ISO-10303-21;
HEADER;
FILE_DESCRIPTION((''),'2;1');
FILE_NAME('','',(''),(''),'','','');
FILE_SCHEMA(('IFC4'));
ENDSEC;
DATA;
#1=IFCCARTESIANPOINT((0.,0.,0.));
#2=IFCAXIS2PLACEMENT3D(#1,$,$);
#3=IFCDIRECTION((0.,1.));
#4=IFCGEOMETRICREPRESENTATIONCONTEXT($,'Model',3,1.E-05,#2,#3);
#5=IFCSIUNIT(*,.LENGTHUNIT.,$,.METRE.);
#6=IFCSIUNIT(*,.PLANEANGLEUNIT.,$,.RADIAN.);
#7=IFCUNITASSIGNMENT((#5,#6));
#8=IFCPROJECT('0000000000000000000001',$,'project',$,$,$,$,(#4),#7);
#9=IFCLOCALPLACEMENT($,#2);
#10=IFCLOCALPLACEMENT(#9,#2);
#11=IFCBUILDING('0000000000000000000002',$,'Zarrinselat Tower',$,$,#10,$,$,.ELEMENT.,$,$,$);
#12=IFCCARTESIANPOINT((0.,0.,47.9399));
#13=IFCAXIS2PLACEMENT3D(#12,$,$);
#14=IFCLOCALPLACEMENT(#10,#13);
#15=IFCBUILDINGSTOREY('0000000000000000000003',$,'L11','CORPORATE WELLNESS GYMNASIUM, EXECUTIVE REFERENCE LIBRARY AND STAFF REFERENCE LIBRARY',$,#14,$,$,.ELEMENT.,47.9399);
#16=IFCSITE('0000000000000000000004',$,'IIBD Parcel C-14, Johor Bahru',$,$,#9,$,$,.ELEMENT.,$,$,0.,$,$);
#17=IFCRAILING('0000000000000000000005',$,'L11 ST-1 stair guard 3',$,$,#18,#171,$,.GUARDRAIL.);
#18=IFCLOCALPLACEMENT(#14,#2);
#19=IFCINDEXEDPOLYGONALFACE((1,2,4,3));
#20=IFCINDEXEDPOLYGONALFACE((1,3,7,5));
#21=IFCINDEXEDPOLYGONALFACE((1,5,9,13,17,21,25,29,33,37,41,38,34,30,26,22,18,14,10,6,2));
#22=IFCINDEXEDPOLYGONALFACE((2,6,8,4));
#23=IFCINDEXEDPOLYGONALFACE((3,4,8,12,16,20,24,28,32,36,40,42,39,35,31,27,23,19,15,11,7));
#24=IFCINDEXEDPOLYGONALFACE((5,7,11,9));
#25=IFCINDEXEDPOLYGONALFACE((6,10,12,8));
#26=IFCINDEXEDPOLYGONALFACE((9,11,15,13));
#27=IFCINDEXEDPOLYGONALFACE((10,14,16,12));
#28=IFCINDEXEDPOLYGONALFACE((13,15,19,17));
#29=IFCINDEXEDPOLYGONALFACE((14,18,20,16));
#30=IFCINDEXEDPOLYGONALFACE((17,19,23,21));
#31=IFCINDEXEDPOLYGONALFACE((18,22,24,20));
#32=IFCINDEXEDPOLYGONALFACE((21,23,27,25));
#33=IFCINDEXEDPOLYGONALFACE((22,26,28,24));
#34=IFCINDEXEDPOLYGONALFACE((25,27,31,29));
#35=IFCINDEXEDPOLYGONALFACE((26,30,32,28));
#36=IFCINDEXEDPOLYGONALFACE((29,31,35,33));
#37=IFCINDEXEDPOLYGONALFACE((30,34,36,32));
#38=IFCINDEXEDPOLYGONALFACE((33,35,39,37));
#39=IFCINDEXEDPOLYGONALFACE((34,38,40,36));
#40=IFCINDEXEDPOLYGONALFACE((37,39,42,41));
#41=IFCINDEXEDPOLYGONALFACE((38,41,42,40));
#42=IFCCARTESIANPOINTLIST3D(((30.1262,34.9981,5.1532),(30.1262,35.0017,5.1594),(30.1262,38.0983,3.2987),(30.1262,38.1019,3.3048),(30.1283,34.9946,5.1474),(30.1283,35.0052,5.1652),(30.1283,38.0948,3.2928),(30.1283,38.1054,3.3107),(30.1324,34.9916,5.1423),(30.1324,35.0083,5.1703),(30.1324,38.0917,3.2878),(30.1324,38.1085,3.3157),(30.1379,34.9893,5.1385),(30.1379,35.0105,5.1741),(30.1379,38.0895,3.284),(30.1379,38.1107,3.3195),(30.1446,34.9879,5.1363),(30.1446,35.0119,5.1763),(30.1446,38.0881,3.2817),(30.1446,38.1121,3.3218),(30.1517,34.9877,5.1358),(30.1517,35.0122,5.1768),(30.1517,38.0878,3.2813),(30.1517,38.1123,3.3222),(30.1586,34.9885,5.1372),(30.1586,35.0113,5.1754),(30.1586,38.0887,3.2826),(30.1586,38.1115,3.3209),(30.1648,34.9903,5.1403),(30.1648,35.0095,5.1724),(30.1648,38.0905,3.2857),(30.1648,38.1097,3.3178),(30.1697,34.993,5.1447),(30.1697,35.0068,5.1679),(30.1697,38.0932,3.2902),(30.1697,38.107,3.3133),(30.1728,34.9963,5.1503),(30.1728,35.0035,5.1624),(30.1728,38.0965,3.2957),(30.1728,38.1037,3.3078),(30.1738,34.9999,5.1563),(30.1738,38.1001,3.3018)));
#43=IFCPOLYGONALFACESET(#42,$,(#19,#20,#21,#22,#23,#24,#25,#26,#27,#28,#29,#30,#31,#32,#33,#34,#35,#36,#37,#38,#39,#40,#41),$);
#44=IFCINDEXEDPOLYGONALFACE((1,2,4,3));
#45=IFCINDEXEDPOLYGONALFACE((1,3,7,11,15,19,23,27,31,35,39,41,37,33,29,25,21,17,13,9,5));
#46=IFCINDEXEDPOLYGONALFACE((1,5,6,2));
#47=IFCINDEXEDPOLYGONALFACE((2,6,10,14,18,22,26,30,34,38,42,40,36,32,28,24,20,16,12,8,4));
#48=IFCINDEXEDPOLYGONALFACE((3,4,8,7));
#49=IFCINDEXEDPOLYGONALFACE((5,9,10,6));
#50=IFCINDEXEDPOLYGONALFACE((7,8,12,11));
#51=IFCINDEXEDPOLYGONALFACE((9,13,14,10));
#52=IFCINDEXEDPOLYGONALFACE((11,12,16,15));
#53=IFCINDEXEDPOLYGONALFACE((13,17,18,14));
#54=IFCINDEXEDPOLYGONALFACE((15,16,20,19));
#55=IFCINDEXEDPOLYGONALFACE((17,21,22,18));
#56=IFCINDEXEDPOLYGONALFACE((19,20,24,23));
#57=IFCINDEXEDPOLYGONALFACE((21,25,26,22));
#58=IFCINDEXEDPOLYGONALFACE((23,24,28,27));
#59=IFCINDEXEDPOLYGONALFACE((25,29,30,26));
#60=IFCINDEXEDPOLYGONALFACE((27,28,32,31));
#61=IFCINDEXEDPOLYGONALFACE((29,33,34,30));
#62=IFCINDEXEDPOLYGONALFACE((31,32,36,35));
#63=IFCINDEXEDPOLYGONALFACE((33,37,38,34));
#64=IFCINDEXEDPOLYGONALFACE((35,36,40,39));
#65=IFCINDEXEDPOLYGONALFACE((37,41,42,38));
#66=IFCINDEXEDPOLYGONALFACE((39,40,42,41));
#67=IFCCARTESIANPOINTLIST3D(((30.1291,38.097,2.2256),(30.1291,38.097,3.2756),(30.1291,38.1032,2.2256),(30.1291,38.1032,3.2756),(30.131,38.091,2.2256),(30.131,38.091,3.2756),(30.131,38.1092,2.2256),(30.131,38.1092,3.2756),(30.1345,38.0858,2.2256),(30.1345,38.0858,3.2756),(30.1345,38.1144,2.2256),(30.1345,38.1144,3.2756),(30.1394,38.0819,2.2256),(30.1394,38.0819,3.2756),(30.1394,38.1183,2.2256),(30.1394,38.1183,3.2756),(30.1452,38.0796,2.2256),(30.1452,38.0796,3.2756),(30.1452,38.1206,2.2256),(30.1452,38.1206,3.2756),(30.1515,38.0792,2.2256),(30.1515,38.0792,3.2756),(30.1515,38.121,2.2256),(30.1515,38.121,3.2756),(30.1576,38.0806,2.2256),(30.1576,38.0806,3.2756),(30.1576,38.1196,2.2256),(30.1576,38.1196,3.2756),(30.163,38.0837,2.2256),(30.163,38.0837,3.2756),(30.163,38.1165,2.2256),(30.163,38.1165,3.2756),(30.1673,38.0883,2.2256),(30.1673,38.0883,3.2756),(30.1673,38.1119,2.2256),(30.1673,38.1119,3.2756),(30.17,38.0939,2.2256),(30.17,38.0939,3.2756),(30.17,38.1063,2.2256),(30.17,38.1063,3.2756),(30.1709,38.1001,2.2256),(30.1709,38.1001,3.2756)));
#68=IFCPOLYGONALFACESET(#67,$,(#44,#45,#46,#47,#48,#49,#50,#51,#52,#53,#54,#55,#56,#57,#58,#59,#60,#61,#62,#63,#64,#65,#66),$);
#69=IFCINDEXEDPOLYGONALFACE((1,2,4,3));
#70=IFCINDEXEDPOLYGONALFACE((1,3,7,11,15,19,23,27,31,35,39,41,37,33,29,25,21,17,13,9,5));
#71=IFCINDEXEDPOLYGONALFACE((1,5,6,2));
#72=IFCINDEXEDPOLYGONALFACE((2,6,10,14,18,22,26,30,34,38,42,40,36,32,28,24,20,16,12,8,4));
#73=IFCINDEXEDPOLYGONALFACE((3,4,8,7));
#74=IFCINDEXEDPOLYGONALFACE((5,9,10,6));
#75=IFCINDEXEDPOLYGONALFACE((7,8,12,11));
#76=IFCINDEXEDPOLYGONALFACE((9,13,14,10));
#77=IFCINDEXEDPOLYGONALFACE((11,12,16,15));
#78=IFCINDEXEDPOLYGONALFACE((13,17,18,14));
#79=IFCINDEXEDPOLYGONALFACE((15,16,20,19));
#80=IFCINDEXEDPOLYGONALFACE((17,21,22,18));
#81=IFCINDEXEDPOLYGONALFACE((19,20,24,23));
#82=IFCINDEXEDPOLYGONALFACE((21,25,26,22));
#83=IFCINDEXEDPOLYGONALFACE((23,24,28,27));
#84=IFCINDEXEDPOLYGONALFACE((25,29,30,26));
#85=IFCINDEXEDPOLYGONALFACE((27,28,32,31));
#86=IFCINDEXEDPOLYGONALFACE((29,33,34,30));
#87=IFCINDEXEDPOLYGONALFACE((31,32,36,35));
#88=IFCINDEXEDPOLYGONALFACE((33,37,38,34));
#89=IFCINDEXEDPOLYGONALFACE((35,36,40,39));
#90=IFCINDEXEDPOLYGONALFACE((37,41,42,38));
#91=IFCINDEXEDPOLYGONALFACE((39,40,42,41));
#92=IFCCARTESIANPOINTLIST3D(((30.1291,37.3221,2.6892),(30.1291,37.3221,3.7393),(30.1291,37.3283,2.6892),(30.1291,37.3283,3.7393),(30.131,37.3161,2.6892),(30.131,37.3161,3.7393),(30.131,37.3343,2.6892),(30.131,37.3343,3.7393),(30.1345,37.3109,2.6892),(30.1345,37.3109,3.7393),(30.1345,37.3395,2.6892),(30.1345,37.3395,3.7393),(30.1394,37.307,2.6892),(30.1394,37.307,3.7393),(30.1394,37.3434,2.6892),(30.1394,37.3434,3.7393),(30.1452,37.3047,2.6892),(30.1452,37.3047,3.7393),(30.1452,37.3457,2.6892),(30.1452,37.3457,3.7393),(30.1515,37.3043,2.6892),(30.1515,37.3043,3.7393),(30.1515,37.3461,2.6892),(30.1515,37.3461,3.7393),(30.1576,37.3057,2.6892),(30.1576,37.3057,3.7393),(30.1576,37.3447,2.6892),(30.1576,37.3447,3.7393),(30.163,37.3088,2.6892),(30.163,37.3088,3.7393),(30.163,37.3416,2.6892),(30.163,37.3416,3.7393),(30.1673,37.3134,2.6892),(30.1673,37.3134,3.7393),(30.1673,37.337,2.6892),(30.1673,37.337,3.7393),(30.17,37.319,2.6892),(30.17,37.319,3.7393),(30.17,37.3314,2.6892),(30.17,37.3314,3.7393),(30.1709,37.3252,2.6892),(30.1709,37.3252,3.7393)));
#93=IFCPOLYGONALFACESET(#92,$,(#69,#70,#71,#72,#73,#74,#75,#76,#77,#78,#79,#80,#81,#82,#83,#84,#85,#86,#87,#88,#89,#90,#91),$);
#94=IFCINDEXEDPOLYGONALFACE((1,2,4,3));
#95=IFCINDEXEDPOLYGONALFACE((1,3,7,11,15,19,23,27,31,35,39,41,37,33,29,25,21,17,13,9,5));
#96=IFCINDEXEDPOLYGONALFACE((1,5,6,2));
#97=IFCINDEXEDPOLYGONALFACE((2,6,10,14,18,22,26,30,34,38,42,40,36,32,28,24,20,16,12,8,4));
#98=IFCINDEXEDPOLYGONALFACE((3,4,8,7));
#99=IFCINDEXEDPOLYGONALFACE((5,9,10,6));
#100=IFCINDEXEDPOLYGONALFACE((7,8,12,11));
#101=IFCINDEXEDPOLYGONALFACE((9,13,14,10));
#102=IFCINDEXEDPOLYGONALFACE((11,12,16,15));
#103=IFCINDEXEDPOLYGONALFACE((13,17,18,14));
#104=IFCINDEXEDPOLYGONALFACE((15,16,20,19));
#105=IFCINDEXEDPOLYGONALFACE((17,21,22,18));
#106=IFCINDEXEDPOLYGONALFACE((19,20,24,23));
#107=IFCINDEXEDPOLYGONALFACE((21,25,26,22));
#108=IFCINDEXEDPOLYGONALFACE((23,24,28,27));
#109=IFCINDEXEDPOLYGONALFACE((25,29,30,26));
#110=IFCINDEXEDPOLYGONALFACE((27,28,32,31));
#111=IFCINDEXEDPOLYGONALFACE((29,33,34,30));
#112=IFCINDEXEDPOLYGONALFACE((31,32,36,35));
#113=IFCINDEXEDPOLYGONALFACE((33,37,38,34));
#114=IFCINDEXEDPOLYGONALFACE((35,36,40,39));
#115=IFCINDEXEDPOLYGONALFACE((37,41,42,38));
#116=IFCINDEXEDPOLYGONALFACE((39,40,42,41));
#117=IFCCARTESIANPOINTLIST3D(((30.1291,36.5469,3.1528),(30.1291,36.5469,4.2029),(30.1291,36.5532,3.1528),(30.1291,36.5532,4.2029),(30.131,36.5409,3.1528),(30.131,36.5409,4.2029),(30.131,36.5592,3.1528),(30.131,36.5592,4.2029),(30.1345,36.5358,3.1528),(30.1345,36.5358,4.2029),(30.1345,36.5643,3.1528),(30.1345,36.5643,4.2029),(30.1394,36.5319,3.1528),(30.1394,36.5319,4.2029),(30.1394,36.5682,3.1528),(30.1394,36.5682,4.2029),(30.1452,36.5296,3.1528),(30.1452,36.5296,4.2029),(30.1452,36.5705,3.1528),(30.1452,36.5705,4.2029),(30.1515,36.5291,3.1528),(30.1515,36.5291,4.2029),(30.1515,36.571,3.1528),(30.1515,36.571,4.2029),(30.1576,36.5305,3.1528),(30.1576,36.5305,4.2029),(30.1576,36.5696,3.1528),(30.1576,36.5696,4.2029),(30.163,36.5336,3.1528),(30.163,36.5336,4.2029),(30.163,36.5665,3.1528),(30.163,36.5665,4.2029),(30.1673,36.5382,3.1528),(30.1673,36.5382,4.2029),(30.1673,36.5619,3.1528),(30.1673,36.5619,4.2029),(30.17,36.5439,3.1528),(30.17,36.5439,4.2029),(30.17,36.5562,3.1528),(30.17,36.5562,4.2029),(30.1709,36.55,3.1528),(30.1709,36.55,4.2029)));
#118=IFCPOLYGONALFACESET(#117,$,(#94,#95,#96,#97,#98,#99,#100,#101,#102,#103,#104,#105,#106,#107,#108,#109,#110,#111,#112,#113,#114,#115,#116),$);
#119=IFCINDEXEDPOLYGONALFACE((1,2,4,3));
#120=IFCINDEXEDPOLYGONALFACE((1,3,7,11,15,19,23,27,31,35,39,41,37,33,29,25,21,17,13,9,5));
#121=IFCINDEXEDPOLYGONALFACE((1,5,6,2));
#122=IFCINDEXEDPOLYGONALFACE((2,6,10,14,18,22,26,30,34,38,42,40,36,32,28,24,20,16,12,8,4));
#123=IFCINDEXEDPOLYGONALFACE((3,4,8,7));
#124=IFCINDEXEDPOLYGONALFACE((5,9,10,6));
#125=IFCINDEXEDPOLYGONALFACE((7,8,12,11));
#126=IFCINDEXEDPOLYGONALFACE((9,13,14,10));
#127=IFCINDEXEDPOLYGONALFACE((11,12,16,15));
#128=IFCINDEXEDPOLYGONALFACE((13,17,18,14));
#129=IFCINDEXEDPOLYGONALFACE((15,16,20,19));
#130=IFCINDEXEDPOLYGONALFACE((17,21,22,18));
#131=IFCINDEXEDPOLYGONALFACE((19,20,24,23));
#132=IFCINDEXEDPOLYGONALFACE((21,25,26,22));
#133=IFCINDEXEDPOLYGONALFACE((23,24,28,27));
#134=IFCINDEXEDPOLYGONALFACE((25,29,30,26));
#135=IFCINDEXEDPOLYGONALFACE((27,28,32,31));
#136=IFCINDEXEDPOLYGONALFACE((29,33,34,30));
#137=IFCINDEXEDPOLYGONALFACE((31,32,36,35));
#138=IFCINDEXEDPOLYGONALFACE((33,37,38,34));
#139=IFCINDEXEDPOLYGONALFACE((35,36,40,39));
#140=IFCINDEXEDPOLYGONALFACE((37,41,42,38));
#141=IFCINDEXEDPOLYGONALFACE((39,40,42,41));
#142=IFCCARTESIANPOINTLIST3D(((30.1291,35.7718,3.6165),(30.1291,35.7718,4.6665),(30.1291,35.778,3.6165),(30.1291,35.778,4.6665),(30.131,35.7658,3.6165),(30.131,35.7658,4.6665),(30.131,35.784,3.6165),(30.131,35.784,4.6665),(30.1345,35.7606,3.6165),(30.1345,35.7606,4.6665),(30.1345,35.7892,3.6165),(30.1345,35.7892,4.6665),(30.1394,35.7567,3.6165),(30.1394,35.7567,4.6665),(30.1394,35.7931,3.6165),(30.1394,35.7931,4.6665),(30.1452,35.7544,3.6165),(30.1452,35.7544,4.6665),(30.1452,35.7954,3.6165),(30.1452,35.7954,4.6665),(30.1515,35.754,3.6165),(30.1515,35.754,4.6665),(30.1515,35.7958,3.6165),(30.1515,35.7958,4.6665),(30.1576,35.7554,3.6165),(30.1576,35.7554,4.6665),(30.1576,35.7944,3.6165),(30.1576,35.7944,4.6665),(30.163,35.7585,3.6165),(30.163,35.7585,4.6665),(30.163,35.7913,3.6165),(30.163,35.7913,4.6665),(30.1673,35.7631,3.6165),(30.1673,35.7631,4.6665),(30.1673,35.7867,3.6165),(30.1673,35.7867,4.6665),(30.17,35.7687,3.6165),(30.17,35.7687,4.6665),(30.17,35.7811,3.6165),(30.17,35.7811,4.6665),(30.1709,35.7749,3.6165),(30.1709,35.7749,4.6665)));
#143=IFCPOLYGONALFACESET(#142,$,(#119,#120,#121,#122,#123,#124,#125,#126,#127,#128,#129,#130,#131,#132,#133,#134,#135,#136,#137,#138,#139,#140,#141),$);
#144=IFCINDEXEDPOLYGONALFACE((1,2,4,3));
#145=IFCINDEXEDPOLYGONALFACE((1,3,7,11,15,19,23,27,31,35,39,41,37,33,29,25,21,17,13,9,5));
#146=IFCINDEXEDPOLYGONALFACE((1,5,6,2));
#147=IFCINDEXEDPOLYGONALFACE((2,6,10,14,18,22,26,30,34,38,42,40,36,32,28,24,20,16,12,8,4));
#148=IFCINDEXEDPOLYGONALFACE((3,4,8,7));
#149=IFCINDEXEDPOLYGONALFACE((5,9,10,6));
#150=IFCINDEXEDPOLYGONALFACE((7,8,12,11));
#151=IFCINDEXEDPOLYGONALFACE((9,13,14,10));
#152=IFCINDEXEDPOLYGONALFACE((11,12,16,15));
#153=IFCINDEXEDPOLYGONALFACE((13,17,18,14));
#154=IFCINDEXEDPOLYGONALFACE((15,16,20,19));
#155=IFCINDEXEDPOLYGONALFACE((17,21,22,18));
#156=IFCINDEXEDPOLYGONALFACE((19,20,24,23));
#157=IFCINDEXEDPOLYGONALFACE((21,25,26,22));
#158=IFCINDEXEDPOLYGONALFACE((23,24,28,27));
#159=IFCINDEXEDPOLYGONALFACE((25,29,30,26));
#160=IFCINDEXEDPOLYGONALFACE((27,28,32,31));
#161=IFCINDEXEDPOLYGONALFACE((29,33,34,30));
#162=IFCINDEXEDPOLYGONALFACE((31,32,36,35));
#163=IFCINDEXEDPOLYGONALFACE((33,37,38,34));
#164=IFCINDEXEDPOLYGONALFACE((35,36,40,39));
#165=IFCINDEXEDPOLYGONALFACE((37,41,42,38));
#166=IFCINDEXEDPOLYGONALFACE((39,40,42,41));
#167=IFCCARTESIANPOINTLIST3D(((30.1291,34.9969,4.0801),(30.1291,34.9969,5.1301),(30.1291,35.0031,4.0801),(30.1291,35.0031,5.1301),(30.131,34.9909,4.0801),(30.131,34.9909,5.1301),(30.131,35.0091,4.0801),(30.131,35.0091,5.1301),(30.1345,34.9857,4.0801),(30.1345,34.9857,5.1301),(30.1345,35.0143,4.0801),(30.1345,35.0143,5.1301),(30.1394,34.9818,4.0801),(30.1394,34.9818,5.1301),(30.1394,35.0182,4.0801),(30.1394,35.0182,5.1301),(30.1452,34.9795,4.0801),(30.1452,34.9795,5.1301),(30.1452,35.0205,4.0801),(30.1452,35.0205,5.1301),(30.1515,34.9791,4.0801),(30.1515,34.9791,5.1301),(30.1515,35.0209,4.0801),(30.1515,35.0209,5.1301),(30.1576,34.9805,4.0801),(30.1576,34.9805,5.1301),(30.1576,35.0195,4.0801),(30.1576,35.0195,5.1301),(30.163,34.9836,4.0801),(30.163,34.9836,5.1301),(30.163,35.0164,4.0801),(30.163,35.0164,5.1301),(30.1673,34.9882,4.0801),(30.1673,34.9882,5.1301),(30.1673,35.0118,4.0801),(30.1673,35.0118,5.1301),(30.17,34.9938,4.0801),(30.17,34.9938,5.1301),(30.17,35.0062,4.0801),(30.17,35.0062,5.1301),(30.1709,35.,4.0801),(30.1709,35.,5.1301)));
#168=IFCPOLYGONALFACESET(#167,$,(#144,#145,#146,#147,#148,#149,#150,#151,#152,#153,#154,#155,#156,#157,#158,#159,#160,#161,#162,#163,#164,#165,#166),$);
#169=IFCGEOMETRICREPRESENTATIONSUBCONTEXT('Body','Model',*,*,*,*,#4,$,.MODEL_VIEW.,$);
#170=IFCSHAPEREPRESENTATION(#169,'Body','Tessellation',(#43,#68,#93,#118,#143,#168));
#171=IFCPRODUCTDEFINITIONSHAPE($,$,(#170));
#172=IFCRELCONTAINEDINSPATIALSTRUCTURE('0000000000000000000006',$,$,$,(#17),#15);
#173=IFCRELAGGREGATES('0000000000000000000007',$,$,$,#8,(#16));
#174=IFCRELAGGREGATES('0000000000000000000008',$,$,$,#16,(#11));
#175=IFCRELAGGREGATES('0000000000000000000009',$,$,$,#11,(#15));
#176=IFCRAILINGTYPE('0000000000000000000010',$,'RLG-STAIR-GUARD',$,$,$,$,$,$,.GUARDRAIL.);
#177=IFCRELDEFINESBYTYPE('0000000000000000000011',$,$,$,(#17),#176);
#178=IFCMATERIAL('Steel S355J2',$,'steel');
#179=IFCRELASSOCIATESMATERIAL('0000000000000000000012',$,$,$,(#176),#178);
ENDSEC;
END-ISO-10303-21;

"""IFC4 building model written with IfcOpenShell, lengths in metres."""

from ifc_helpers import new_model, si_unit, direction, frame, origin, origin_2d, place, context, subcontext, project, spatial, circle, extrude, material, type_object, element, save


model = new_model("IFC4")

# Units and contexts
model_context = context("Model", 3, precision=1e-05, world=origin(), true_north=direction((0.0, 1.0)))
body_context = subcontext(model_context, "Body", "Model", "MODEL_VIEW")
ifc_project = project(units=[si_unit("LENGTHUNIT", "METRE"), si_unit("PLANEANGLEUNIT", "RADIAN")], contexts=[model_context])

# Site, building, storey
site_placement = place(None, origin())
site = spatial("IfcSite", under=ifc_project, at=site_placement, Name="IIBD Parcel C-14, Johor Bahru", CompositionType="ELEMENT", RefElevation=0.0)
building_placement = place(site_placement, origin())
building = spatial("IfcBuilding", under=site, at=building_placement, Name="Zarrinselat Tower", CompositionType="ELEMENT")
storey_placement = place(building_placement, frame((0.0, 0.0, 47.9399)))
storey = spatial("IfcBuildingStorey", under=building, at=storey_placement, Name="L11", Description="CORPORATE WELLNESS GYMNASIUM, EXECUTIVE REFERENCE LIBRARY AND STAFF REFERENCE LIBRARY", CompositionType="ELEMENT", Elevation=47.9399)

# Railing
ifc_material_1 = material(Name="Steel S355J2", Category="steel")
railing_type_1 = type_object("IfcRailingType", Name="RLG-STAIR-GUARD", PredefinedType="GUARDRAIL", material=ifc_material_1)
railing_1_placement = place(storey_placement, frame((30.1499, 38.1001, 2.2256)))
element("IfcRailing", 1, at=railing_1_placement, inside=storey, type_object=railing_type_1, Name="L11 ST-1 stair guard 3", PredefinedType="GUARDRAIL", context=body_context, shape_type="SweptSolid", body=[
    extrude(circle(Radius=0.0239, at=origin_2d()), frame((0.0, 0.0, 1.0762), z_axis=(0.0, -0.858172, 0.513362), x_axis=(1.0, 0.0, 0.0)), (0.0, 0.0, 1.0), 3.6125),
    extrude(circle(Radius=0.021, at=origin_2d()), origin(), (0.0, 0.0, 1.0), 1.05),
    extrude(circle(Radius=0.021, at=origin_2d()), frame((0.0, -0.7749, 0.4636)), (0.0, 0.0, 1.0), 1.05),
    extrude(circle(Radius=0.021, at=origin_2d()), frame((0.0, -1.55, 0.9272)), (0.0, 0.0, 1.0), 1.05),
    extrude(circle(Radius=0.021, at=origin_2d()), frame((0.0, -2.3252, 1.3909)), (0.0, 0.0, 1.0), 1.05),
    extrude(circle(Radius=0.021, at=origin_2d()), frame((0.0, -3.1001, 1.8545)), (0.0, 0.0, 1.0), 1.05),
])

save(model, "model.ifc")
